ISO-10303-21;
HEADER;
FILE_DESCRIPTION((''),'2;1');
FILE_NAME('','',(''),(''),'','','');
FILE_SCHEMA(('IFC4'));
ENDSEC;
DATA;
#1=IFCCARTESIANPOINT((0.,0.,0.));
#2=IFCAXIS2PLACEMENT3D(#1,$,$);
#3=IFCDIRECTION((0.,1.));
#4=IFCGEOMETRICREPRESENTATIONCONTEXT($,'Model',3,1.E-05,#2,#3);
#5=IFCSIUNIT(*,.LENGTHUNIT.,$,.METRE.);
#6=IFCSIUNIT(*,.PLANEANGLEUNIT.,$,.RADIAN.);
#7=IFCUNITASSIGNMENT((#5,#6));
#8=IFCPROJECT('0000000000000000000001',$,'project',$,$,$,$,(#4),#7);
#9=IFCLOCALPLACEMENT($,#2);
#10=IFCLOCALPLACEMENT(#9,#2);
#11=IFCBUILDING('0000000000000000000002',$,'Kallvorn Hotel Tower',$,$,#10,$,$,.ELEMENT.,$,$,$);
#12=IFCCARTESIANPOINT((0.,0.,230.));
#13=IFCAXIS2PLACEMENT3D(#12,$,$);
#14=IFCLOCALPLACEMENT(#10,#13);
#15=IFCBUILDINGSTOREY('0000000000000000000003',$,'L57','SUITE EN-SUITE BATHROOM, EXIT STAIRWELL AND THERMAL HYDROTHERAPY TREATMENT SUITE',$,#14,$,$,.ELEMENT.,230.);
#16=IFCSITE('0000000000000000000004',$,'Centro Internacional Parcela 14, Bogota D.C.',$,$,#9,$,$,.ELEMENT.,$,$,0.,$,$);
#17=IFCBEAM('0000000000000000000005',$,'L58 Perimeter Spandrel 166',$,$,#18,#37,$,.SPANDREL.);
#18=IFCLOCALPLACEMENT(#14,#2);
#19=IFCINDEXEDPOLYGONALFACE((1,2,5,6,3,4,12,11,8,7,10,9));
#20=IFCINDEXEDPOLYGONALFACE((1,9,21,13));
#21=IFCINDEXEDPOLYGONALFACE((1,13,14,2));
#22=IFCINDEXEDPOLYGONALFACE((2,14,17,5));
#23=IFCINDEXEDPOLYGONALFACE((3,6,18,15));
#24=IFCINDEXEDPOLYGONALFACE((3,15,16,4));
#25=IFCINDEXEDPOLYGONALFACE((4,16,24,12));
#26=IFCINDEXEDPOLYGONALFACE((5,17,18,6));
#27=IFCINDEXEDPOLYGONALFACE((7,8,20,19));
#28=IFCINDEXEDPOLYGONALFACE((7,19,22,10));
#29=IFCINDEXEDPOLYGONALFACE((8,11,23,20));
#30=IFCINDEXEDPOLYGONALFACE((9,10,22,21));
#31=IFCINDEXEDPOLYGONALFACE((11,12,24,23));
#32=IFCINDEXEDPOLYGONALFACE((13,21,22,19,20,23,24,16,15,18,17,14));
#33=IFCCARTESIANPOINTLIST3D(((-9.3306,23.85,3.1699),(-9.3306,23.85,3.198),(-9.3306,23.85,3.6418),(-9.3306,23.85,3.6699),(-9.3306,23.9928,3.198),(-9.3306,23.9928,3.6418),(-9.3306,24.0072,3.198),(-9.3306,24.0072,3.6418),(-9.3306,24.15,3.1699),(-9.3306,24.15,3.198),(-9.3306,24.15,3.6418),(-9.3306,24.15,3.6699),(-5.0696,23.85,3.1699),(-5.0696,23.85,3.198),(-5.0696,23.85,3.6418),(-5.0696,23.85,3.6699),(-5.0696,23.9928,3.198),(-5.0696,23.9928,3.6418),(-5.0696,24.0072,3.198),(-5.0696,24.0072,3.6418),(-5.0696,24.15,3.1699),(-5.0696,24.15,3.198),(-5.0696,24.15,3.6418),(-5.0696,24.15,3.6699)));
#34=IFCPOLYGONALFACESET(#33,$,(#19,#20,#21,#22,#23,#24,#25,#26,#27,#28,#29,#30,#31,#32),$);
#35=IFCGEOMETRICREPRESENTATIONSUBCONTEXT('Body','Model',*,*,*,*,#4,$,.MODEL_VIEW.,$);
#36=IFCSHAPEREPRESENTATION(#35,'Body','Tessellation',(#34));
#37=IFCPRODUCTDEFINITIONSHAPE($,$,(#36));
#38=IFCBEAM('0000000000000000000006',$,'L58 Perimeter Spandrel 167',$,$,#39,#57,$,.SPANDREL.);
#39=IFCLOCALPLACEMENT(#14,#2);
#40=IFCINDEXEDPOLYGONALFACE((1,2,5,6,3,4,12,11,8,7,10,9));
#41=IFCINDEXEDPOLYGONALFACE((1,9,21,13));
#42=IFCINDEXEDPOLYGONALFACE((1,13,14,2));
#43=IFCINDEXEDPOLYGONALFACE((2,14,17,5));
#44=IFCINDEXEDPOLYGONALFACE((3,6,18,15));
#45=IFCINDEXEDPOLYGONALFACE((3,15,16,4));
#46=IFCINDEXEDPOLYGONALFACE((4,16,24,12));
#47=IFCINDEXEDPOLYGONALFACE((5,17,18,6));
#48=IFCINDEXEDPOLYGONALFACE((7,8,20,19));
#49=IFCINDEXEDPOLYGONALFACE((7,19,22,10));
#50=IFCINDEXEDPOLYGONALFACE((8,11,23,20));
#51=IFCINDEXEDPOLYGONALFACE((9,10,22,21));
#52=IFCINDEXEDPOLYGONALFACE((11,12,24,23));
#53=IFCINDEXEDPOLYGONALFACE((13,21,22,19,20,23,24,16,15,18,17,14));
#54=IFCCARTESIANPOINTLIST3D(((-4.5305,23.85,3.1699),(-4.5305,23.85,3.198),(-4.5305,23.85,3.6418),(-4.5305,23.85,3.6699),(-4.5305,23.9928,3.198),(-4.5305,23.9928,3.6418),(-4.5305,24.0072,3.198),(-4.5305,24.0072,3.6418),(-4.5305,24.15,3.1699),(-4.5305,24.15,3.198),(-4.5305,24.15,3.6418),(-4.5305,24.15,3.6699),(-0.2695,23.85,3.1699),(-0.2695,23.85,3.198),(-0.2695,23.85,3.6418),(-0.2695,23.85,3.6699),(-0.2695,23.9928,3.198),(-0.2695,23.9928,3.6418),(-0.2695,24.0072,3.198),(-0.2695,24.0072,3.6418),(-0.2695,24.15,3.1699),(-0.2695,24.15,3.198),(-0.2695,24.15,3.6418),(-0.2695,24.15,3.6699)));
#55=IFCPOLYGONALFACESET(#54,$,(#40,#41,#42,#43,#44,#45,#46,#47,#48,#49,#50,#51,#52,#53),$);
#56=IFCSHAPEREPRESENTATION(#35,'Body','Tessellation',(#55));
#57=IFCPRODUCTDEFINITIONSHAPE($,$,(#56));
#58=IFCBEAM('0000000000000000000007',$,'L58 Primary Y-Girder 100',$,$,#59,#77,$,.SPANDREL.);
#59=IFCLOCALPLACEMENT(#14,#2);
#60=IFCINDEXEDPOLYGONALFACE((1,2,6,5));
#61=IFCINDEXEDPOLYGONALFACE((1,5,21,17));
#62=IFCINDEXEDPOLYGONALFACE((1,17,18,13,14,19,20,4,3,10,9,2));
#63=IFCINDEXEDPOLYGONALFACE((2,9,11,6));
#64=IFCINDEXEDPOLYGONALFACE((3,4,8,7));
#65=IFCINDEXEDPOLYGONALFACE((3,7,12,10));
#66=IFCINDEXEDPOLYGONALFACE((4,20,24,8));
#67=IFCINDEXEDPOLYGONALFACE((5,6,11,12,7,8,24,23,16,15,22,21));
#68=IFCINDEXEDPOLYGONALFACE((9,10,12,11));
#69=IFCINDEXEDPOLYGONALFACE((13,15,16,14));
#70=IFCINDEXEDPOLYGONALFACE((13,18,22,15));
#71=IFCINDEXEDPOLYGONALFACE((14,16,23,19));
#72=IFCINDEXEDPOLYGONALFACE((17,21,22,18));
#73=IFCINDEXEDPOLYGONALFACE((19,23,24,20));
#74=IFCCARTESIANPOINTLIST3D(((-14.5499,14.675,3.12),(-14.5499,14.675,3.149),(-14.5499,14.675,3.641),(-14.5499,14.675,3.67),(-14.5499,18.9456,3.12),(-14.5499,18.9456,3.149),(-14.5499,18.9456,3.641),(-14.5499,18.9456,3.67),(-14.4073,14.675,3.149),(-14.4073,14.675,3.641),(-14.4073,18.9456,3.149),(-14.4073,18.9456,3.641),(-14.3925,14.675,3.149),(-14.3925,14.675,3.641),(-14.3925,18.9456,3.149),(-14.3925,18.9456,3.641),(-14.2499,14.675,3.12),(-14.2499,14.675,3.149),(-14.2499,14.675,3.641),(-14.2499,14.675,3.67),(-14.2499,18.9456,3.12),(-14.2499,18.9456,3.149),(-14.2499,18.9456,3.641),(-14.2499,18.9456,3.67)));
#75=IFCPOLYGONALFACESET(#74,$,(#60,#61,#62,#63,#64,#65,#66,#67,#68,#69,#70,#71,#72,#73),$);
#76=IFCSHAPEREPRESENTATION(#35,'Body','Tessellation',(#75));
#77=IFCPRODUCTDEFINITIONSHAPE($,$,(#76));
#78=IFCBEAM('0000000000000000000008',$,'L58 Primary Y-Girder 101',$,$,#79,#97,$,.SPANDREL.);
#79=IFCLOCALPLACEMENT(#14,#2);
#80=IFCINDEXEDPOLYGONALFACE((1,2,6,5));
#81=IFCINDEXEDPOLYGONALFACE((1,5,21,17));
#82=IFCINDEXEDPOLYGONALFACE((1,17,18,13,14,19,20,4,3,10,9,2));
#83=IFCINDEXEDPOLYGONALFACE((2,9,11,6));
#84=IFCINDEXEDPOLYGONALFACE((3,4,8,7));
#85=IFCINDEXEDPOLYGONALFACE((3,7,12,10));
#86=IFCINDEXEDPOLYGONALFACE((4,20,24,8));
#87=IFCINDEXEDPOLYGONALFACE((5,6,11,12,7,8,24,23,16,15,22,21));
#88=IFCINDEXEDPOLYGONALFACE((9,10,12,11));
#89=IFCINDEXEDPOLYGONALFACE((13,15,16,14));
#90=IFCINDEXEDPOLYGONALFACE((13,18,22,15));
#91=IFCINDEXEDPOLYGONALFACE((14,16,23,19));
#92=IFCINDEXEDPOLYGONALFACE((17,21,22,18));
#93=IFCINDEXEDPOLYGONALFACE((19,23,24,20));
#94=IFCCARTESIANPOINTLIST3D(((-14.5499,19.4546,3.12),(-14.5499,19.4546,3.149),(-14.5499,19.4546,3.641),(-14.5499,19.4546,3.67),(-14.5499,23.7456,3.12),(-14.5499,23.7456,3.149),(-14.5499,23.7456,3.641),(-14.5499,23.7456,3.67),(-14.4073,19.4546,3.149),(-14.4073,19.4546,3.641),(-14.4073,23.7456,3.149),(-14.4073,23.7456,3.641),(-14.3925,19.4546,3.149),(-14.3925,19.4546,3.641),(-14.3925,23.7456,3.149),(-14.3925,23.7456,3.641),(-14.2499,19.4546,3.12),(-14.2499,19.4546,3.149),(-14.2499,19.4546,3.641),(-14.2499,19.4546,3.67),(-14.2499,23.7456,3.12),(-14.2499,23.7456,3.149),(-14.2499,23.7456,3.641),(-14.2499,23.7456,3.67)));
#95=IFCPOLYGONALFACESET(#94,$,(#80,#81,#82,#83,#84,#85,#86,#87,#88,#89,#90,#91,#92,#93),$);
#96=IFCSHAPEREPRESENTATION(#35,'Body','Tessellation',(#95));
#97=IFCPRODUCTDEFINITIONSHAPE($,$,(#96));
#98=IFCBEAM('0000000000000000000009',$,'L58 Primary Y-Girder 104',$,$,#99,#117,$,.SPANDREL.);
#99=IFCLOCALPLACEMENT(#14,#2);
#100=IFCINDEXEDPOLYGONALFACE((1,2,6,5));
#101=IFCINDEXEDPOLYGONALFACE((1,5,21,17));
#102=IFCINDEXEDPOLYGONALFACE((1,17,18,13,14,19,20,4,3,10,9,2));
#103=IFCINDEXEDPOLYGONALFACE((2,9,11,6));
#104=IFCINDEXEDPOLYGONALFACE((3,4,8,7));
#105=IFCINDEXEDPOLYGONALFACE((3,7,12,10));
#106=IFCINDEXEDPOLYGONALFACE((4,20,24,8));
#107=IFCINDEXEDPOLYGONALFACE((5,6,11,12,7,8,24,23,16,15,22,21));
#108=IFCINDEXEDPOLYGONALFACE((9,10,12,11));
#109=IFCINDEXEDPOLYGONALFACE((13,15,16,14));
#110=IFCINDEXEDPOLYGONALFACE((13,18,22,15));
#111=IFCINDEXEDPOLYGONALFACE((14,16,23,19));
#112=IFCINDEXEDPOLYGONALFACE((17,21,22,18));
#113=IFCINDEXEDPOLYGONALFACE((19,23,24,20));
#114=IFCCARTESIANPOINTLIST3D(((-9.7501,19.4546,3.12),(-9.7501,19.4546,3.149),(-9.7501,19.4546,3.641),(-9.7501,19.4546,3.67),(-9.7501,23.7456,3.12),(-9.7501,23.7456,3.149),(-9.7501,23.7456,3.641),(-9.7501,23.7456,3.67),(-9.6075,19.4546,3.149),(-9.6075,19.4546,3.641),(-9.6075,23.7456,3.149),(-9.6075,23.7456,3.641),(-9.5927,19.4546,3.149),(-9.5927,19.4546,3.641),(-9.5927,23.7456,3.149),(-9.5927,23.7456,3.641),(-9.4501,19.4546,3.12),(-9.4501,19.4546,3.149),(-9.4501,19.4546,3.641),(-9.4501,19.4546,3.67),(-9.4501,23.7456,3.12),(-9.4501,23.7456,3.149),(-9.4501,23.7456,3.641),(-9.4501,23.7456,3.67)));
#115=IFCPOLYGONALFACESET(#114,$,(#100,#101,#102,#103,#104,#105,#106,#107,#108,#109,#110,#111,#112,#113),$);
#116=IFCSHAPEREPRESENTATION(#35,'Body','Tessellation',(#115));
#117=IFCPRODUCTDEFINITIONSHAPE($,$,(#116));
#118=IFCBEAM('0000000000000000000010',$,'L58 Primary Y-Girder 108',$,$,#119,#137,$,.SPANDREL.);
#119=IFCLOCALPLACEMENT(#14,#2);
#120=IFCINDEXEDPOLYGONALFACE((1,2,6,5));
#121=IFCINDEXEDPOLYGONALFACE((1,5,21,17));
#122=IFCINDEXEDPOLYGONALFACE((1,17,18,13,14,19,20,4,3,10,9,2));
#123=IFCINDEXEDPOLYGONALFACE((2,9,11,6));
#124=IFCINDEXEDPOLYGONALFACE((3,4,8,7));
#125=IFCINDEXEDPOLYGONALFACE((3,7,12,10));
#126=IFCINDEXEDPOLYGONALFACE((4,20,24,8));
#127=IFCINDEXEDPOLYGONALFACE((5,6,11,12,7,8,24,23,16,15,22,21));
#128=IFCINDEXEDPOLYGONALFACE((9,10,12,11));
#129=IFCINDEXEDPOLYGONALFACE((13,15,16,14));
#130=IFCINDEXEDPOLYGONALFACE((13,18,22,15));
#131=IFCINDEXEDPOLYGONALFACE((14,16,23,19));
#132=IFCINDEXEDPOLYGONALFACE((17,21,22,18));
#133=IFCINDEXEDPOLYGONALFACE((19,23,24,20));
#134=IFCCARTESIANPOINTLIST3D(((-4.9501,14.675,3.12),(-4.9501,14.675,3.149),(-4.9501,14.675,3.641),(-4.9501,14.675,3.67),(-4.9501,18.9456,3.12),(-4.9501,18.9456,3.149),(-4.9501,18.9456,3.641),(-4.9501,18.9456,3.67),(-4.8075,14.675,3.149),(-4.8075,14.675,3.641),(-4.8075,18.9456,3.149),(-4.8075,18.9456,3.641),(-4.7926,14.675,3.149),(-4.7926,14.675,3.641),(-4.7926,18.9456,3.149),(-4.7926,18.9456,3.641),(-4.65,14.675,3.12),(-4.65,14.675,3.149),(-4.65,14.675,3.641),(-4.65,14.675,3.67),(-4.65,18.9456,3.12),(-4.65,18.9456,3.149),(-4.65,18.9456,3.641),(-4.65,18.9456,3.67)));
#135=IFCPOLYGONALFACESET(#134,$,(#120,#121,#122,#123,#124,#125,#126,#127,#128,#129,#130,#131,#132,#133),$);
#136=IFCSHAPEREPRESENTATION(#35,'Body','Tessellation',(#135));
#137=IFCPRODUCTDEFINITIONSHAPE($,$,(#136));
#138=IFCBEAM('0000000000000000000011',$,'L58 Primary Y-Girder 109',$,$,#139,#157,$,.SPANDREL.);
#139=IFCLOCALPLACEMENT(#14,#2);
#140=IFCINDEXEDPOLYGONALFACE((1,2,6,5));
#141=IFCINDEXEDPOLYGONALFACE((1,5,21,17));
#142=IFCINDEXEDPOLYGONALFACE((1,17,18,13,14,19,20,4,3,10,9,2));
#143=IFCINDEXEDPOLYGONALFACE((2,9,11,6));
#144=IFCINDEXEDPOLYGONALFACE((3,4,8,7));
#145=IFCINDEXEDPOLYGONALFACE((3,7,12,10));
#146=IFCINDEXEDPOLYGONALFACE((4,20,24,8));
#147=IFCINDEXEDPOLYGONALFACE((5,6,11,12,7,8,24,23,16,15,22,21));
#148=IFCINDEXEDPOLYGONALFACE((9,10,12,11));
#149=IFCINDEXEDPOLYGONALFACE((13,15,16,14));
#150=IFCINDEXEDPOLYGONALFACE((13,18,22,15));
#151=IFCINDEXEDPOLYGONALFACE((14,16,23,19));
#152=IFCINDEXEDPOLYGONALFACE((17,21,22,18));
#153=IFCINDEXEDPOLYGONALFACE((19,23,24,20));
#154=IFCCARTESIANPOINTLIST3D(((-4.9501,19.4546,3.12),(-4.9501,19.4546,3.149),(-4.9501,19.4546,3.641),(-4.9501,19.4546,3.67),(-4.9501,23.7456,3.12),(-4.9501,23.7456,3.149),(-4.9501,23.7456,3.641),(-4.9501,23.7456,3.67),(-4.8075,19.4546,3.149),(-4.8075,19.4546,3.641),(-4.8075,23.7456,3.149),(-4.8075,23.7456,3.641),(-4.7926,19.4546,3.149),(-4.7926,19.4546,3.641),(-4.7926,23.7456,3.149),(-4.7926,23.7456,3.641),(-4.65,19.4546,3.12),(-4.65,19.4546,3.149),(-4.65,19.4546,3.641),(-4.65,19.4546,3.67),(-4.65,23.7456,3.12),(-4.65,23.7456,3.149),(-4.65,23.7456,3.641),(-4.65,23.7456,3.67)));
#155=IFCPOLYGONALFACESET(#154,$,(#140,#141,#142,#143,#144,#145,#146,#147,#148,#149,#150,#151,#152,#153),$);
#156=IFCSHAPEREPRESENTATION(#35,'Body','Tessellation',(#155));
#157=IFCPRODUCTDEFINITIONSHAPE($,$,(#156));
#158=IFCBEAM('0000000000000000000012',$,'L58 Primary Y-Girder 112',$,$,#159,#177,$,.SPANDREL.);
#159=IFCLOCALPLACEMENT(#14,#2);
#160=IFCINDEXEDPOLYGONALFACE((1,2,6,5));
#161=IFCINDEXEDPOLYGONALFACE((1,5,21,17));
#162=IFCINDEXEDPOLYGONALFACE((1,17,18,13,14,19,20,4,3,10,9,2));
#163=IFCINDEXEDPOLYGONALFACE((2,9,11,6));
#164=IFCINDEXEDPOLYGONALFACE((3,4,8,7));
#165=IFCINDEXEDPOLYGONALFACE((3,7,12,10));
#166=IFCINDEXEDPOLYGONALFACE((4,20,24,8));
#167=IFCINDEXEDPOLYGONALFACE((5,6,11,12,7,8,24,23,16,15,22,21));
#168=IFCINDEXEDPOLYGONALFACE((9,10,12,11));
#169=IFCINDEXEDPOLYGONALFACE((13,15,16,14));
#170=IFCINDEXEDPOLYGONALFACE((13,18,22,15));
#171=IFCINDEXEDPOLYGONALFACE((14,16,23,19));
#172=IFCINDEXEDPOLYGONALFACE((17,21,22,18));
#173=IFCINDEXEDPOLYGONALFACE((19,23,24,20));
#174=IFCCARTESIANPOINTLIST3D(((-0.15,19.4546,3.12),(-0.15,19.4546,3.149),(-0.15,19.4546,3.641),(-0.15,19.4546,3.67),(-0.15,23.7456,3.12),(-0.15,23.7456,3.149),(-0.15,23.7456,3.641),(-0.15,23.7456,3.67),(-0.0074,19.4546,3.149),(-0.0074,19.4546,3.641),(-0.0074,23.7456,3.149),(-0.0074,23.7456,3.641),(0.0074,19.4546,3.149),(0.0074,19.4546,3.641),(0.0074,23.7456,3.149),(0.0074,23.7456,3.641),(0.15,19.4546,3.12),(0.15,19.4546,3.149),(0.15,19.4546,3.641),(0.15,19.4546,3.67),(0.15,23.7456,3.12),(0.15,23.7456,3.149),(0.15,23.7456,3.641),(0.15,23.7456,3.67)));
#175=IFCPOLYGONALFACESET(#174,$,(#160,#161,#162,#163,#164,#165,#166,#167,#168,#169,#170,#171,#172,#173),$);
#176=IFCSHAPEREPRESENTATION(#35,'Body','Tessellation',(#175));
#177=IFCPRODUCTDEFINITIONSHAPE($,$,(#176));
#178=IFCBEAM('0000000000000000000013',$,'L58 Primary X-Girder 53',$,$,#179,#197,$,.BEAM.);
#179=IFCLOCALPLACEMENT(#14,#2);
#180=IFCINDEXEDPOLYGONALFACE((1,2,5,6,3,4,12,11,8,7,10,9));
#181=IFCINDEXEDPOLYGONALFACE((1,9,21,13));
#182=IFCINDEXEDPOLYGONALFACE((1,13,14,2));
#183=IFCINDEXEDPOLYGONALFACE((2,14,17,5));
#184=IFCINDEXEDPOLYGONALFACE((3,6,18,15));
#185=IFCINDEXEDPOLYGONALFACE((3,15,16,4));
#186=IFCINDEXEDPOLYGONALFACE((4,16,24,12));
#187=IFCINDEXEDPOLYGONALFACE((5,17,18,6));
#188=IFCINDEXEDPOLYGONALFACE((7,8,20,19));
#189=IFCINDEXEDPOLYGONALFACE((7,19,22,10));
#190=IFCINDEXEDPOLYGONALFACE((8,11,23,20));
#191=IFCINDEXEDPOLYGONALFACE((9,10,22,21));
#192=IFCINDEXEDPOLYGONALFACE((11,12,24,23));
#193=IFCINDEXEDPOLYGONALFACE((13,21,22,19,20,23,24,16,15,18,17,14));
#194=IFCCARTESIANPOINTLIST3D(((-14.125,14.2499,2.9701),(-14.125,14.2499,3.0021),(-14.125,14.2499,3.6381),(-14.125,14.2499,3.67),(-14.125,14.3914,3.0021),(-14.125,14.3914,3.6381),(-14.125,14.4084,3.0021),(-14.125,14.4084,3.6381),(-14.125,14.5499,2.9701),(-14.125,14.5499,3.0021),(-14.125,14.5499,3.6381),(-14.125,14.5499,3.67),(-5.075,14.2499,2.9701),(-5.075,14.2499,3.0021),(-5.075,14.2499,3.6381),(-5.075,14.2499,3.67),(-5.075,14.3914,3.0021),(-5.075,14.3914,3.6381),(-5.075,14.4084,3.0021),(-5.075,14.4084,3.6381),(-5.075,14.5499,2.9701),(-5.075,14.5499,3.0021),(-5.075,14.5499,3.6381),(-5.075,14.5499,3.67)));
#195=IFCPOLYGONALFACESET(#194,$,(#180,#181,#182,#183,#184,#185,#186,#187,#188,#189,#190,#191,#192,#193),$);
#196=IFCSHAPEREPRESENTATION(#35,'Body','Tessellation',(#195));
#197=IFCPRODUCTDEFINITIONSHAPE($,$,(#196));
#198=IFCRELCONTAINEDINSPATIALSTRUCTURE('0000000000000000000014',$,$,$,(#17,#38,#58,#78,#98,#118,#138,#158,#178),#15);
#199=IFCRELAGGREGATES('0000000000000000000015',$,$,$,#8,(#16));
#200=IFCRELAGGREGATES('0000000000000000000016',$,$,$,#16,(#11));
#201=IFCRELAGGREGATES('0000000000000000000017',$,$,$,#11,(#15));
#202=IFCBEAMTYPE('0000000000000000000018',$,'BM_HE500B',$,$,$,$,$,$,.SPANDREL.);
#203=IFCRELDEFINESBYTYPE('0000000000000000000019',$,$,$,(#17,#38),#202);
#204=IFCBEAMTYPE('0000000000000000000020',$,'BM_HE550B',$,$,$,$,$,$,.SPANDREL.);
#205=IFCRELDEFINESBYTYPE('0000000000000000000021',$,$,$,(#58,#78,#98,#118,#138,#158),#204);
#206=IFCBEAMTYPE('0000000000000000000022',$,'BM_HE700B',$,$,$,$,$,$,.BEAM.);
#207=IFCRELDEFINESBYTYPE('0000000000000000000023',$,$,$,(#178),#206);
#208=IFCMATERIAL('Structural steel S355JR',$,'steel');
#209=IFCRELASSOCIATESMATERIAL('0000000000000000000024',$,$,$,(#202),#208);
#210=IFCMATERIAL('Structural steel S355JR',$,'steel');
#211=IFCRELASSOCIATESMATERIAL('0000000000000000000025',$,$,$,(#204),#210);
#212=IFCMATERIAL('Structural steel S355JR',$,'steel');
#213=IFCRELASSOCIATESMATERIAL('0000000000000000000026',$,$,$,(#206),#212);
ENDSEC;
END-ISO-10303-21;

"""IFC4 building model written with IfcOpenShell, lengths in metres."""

from ifc_helpers import new_model, si_unit, direction, frame, origin, origin_2d, place, context, subcontext, project, spatial, i_section, extrude, material, material_profile, profile_set, type_object, element, save


model = new_model("IFC4")

# Units and contexts
model_context = context("Model", 3, precision=1e-05, world=origin(), true_north=direction((0.0, 1.0)))
body_context = subcontext(model_context, "Body", "Model", "MODEL_VIEW")
ifc_project = project(units=[si_unit("LENGTHUNIT", "METRE"), si_unit("PLANEANGLEUNIT", "RADIAN")], contexts=[model_context])

# Site, building, storey
site_placement = place(None, origin())
site = spatial("IfcSite", under=ifc_project, at=site_placement, Name="Centro Internacional Parcela 14, Bogota D.C.", CompositionType="ELEMENT", RefElevation=0.0)
building_placement = place(site_placement, origin())
building = spatial("IfcBuilding", under=site, at=building_placement, Name="Kallvorn Hotel Tower", CompositionType="ELEMENT")
storey_placement = place(building_placement, frame((0.0, 0.0, 230.0)))
storey = spatial("IfcBuildingStorey", under=building, at=storey_placement, Name="L57", Description="SUITE EN-SUITE BATHROOM, EXIT STAIRWELL AND THERMAL HYDROTHERAPY TREATMENT SUITE", CompositionType="ELEMENT", Elevation=230.0)

# Beams
ifc_material_1 = material(Name="Structural steel S355JR", Category="steel")
ifc_material_profile_1 = material_profile(ifc_material_1, i_section(OverallWidth=0.3, OverallDepth=0.5, WebThickness=0.0144, FlangeThickness=0.0281, at=origin_2d()), Name="HE 500 B")
ifc_profile_set_1 = profile_set([ifc_material_profile_1], Name="Structural steel S355JR")
beam_type_1 = type_object("IfcBeamType", Name="BM_HE500B", PredefinedType="SPANDREL", material=ifc_profile_set_1)
for number, where, z_axis, x_axis, name in (
    (1, (-9.3306, 24.0, 3.4199), (1.0, 0.0, 0.0), (0.0, 1.0, 0.0), "L58 Perimeter Spandrel 166"),
    (2, (-4.5305, 24.0, 3.4199), (1.0, 0.0, 0.0), (0.0, 1.0, 0.0), "L58 Perimeter Spandrel 167"),
):
    element("IfcBeam", number, at=place(storey_placement, frame(where, z_axis=z_axis, x_axis=x_axis)), inside=storey, type_object=beam_type_1, Name=name, PredefinedType="SPANDREL", context=body_context, shape_type="SweptSolid", body=[
        extrude(i_section(OverallWidth=0.3, OverallDepth=0.5, WebThickness=0.0144, FlangeThickness=0.0281, at=origin_2d()), origin(), (0.0, 0.0, 1.0), 4.261),
    ])
ifc_material_2 = material(Name="Structural steel S355JR", Category="steel")
ifc_material_profile_2 = material_profile(ifc_material_2, i_section(OverallWidth=0.3, OverallDepth=0.55, WebThickness=0.0149, FlangeThickness=0.0291, at=origin_2d()), Name="HE 550 B")
ifc_profile_set_2 = profile_set([ifc_material_profile_2], Name="Structural steel S355JR")
beam_type_2 = type_object("IfcBeamType", Name="BM_HE550B", PredefinedType="SPANDREL", material=ifc_profile_set_2)
beam_1_placement = place(storey_placement, frame((-14.3999, 14.675, 3.395), z_axis=(0.0, 1.0, 0.0), x_axis=(-1.0, 0.0, 0.0)))
element("IfcBeam", 3, at=beam_1_placement, inside=storey, type_object=beam_type_2, Name="L58 Primary Y-Girder 100", PredefinedType="SPANDREL", context=body_context, shape_type="SweptSolid", body=[
    extrude(i_section(OverallWidth=0.3, OverallDepth=0.55, WebThickness=0.0149, FlangeThickness=0.0291, at=origin_2d()), origin(), (0.0, 0.0, 1.0), 4.2705),
])
for number, where, z_axis, x_axis, name in (
    (4, (-14.3999, 19.4546, 3.395), (0.0, 1.0, 0.0), (-1.0, 0.0, 0.0), "L58 Primary Y-Girder 101"),
    (5, (-9.6001, 19.4546, 3.395), (0.0, 1.0, 0.0), (-1.0, 0.0, 0.0), "L58 Primary Y-Girder 104"),
):
    element("IfcBeam", number, at=place(storey_placement, frame(where, z_axis=z_axis, x_axis=x_axis)), inside=storey, type_object=beam_type_2, Name=name, PredefinedType="SPANDREL", context=body_context, shape_type="SweptSolid", body=[
        extrude(i_section(OverallWidth=0.3, OverallDepth=0.55, WebThickness=0.0149, FlangeThickness=0.0291, at=origin_2d()), origin(), (0.0, 0.0, 1.0), 4.291),
    ])
beam_2_placement = place(storey_placement, frame((-4.8, 14.675, 3.395), z_axis=(0.0, 1.0, 0.0), x_axis=(-1.0, 0.0, 0.0)))
element("IfcBeam", 6, at=beam_2_placement, inside=storey, type_object=beam_type_2, Name="L58 Primary Y-Girder 108", PredefinedType="SPANDREL", context=body_context, shape_type="SweptSolid", body=[
    extrude(i_section(OverallWidth=0.3, OverallDepth=0.55, WebThickness=0.0149, FlangeThickness=0.0291, at=origin_2d()), origin(), (0.0, 0.0, 1.0), 4.2705),
])
for number, where, z_axis, x_axis, name in (
    (7, (-4.8, 19.4546, 3.395), (0.0, 1.0, 0.0), (-1.0, 0.0, 0.0), "L58 Primary Y-Girder 109"),
    (8, (0.0, 19.4546, 3.395), (0.0, 1.0, 0.0), (-1.0, 0.0, 0.0), "L58 Primary Y-Girder 112"),
):
    element("IfcBeam", number, at=place(storey_placement, frame(where, z_axis=z_axis, x_axis=x_axis)), inside=storey, type_object=beam_type_2, Name=name, PredefinedType="SPANDREL", context=body_context, shape_type="SweptSolid", body=[
        extrude(i_section(OverallWidth=0.3, OverallDepth=0.55, WebThickness=0.0149, FlangeThickness=0.0291, at=origin_2d()), origin(), (0.0, 0.0, 1.0), 4.291),
    ])
ifc_material_3 = material(Name="Structural steel S355JR", Category="steel")
ifc_material_profile_3 = material_profile(ifc_material_3, i_section(OverallWidth=0.3, OverallDepth=0.7, WebThickness=0.0171, FlangeThickness=0.032, at=origin_2d()), Name="HE 700 B")
ifc_profile_set_3 = profile_set([ifc_material_profile_3], Name="Structural steel S355JR")
beam_type_3 = type_object("IfcBeamType", Name="BM_HE700B", PredefinedType="BEAM", material=ifc_profile_set_3)
beam_3_placement = place(storey_placement, frame((-14.125, 14.3999, 3.3201), z_axis=(1.0, 0.0, 0.0), x_axis=(0.0, 1.0, 0.0)))
element("IfcBeam", 9, at=beam_3_placement, inside=storey, type_object=beam_type_3, Name="L58 Primary X-Girder 53", PredefinedType="BEAM", context=body_context, shape_type="SweptSolid", body=[
    extrude(i_section(OverallWidth=0.3, OverallDepth=0.7, WebThickness=0.0171, FlangeThickness=0.032, at=origin_2d()), origin(), (0.0, 0.0, 1.0), 9.05),
])

save(model, "model.ifc")
